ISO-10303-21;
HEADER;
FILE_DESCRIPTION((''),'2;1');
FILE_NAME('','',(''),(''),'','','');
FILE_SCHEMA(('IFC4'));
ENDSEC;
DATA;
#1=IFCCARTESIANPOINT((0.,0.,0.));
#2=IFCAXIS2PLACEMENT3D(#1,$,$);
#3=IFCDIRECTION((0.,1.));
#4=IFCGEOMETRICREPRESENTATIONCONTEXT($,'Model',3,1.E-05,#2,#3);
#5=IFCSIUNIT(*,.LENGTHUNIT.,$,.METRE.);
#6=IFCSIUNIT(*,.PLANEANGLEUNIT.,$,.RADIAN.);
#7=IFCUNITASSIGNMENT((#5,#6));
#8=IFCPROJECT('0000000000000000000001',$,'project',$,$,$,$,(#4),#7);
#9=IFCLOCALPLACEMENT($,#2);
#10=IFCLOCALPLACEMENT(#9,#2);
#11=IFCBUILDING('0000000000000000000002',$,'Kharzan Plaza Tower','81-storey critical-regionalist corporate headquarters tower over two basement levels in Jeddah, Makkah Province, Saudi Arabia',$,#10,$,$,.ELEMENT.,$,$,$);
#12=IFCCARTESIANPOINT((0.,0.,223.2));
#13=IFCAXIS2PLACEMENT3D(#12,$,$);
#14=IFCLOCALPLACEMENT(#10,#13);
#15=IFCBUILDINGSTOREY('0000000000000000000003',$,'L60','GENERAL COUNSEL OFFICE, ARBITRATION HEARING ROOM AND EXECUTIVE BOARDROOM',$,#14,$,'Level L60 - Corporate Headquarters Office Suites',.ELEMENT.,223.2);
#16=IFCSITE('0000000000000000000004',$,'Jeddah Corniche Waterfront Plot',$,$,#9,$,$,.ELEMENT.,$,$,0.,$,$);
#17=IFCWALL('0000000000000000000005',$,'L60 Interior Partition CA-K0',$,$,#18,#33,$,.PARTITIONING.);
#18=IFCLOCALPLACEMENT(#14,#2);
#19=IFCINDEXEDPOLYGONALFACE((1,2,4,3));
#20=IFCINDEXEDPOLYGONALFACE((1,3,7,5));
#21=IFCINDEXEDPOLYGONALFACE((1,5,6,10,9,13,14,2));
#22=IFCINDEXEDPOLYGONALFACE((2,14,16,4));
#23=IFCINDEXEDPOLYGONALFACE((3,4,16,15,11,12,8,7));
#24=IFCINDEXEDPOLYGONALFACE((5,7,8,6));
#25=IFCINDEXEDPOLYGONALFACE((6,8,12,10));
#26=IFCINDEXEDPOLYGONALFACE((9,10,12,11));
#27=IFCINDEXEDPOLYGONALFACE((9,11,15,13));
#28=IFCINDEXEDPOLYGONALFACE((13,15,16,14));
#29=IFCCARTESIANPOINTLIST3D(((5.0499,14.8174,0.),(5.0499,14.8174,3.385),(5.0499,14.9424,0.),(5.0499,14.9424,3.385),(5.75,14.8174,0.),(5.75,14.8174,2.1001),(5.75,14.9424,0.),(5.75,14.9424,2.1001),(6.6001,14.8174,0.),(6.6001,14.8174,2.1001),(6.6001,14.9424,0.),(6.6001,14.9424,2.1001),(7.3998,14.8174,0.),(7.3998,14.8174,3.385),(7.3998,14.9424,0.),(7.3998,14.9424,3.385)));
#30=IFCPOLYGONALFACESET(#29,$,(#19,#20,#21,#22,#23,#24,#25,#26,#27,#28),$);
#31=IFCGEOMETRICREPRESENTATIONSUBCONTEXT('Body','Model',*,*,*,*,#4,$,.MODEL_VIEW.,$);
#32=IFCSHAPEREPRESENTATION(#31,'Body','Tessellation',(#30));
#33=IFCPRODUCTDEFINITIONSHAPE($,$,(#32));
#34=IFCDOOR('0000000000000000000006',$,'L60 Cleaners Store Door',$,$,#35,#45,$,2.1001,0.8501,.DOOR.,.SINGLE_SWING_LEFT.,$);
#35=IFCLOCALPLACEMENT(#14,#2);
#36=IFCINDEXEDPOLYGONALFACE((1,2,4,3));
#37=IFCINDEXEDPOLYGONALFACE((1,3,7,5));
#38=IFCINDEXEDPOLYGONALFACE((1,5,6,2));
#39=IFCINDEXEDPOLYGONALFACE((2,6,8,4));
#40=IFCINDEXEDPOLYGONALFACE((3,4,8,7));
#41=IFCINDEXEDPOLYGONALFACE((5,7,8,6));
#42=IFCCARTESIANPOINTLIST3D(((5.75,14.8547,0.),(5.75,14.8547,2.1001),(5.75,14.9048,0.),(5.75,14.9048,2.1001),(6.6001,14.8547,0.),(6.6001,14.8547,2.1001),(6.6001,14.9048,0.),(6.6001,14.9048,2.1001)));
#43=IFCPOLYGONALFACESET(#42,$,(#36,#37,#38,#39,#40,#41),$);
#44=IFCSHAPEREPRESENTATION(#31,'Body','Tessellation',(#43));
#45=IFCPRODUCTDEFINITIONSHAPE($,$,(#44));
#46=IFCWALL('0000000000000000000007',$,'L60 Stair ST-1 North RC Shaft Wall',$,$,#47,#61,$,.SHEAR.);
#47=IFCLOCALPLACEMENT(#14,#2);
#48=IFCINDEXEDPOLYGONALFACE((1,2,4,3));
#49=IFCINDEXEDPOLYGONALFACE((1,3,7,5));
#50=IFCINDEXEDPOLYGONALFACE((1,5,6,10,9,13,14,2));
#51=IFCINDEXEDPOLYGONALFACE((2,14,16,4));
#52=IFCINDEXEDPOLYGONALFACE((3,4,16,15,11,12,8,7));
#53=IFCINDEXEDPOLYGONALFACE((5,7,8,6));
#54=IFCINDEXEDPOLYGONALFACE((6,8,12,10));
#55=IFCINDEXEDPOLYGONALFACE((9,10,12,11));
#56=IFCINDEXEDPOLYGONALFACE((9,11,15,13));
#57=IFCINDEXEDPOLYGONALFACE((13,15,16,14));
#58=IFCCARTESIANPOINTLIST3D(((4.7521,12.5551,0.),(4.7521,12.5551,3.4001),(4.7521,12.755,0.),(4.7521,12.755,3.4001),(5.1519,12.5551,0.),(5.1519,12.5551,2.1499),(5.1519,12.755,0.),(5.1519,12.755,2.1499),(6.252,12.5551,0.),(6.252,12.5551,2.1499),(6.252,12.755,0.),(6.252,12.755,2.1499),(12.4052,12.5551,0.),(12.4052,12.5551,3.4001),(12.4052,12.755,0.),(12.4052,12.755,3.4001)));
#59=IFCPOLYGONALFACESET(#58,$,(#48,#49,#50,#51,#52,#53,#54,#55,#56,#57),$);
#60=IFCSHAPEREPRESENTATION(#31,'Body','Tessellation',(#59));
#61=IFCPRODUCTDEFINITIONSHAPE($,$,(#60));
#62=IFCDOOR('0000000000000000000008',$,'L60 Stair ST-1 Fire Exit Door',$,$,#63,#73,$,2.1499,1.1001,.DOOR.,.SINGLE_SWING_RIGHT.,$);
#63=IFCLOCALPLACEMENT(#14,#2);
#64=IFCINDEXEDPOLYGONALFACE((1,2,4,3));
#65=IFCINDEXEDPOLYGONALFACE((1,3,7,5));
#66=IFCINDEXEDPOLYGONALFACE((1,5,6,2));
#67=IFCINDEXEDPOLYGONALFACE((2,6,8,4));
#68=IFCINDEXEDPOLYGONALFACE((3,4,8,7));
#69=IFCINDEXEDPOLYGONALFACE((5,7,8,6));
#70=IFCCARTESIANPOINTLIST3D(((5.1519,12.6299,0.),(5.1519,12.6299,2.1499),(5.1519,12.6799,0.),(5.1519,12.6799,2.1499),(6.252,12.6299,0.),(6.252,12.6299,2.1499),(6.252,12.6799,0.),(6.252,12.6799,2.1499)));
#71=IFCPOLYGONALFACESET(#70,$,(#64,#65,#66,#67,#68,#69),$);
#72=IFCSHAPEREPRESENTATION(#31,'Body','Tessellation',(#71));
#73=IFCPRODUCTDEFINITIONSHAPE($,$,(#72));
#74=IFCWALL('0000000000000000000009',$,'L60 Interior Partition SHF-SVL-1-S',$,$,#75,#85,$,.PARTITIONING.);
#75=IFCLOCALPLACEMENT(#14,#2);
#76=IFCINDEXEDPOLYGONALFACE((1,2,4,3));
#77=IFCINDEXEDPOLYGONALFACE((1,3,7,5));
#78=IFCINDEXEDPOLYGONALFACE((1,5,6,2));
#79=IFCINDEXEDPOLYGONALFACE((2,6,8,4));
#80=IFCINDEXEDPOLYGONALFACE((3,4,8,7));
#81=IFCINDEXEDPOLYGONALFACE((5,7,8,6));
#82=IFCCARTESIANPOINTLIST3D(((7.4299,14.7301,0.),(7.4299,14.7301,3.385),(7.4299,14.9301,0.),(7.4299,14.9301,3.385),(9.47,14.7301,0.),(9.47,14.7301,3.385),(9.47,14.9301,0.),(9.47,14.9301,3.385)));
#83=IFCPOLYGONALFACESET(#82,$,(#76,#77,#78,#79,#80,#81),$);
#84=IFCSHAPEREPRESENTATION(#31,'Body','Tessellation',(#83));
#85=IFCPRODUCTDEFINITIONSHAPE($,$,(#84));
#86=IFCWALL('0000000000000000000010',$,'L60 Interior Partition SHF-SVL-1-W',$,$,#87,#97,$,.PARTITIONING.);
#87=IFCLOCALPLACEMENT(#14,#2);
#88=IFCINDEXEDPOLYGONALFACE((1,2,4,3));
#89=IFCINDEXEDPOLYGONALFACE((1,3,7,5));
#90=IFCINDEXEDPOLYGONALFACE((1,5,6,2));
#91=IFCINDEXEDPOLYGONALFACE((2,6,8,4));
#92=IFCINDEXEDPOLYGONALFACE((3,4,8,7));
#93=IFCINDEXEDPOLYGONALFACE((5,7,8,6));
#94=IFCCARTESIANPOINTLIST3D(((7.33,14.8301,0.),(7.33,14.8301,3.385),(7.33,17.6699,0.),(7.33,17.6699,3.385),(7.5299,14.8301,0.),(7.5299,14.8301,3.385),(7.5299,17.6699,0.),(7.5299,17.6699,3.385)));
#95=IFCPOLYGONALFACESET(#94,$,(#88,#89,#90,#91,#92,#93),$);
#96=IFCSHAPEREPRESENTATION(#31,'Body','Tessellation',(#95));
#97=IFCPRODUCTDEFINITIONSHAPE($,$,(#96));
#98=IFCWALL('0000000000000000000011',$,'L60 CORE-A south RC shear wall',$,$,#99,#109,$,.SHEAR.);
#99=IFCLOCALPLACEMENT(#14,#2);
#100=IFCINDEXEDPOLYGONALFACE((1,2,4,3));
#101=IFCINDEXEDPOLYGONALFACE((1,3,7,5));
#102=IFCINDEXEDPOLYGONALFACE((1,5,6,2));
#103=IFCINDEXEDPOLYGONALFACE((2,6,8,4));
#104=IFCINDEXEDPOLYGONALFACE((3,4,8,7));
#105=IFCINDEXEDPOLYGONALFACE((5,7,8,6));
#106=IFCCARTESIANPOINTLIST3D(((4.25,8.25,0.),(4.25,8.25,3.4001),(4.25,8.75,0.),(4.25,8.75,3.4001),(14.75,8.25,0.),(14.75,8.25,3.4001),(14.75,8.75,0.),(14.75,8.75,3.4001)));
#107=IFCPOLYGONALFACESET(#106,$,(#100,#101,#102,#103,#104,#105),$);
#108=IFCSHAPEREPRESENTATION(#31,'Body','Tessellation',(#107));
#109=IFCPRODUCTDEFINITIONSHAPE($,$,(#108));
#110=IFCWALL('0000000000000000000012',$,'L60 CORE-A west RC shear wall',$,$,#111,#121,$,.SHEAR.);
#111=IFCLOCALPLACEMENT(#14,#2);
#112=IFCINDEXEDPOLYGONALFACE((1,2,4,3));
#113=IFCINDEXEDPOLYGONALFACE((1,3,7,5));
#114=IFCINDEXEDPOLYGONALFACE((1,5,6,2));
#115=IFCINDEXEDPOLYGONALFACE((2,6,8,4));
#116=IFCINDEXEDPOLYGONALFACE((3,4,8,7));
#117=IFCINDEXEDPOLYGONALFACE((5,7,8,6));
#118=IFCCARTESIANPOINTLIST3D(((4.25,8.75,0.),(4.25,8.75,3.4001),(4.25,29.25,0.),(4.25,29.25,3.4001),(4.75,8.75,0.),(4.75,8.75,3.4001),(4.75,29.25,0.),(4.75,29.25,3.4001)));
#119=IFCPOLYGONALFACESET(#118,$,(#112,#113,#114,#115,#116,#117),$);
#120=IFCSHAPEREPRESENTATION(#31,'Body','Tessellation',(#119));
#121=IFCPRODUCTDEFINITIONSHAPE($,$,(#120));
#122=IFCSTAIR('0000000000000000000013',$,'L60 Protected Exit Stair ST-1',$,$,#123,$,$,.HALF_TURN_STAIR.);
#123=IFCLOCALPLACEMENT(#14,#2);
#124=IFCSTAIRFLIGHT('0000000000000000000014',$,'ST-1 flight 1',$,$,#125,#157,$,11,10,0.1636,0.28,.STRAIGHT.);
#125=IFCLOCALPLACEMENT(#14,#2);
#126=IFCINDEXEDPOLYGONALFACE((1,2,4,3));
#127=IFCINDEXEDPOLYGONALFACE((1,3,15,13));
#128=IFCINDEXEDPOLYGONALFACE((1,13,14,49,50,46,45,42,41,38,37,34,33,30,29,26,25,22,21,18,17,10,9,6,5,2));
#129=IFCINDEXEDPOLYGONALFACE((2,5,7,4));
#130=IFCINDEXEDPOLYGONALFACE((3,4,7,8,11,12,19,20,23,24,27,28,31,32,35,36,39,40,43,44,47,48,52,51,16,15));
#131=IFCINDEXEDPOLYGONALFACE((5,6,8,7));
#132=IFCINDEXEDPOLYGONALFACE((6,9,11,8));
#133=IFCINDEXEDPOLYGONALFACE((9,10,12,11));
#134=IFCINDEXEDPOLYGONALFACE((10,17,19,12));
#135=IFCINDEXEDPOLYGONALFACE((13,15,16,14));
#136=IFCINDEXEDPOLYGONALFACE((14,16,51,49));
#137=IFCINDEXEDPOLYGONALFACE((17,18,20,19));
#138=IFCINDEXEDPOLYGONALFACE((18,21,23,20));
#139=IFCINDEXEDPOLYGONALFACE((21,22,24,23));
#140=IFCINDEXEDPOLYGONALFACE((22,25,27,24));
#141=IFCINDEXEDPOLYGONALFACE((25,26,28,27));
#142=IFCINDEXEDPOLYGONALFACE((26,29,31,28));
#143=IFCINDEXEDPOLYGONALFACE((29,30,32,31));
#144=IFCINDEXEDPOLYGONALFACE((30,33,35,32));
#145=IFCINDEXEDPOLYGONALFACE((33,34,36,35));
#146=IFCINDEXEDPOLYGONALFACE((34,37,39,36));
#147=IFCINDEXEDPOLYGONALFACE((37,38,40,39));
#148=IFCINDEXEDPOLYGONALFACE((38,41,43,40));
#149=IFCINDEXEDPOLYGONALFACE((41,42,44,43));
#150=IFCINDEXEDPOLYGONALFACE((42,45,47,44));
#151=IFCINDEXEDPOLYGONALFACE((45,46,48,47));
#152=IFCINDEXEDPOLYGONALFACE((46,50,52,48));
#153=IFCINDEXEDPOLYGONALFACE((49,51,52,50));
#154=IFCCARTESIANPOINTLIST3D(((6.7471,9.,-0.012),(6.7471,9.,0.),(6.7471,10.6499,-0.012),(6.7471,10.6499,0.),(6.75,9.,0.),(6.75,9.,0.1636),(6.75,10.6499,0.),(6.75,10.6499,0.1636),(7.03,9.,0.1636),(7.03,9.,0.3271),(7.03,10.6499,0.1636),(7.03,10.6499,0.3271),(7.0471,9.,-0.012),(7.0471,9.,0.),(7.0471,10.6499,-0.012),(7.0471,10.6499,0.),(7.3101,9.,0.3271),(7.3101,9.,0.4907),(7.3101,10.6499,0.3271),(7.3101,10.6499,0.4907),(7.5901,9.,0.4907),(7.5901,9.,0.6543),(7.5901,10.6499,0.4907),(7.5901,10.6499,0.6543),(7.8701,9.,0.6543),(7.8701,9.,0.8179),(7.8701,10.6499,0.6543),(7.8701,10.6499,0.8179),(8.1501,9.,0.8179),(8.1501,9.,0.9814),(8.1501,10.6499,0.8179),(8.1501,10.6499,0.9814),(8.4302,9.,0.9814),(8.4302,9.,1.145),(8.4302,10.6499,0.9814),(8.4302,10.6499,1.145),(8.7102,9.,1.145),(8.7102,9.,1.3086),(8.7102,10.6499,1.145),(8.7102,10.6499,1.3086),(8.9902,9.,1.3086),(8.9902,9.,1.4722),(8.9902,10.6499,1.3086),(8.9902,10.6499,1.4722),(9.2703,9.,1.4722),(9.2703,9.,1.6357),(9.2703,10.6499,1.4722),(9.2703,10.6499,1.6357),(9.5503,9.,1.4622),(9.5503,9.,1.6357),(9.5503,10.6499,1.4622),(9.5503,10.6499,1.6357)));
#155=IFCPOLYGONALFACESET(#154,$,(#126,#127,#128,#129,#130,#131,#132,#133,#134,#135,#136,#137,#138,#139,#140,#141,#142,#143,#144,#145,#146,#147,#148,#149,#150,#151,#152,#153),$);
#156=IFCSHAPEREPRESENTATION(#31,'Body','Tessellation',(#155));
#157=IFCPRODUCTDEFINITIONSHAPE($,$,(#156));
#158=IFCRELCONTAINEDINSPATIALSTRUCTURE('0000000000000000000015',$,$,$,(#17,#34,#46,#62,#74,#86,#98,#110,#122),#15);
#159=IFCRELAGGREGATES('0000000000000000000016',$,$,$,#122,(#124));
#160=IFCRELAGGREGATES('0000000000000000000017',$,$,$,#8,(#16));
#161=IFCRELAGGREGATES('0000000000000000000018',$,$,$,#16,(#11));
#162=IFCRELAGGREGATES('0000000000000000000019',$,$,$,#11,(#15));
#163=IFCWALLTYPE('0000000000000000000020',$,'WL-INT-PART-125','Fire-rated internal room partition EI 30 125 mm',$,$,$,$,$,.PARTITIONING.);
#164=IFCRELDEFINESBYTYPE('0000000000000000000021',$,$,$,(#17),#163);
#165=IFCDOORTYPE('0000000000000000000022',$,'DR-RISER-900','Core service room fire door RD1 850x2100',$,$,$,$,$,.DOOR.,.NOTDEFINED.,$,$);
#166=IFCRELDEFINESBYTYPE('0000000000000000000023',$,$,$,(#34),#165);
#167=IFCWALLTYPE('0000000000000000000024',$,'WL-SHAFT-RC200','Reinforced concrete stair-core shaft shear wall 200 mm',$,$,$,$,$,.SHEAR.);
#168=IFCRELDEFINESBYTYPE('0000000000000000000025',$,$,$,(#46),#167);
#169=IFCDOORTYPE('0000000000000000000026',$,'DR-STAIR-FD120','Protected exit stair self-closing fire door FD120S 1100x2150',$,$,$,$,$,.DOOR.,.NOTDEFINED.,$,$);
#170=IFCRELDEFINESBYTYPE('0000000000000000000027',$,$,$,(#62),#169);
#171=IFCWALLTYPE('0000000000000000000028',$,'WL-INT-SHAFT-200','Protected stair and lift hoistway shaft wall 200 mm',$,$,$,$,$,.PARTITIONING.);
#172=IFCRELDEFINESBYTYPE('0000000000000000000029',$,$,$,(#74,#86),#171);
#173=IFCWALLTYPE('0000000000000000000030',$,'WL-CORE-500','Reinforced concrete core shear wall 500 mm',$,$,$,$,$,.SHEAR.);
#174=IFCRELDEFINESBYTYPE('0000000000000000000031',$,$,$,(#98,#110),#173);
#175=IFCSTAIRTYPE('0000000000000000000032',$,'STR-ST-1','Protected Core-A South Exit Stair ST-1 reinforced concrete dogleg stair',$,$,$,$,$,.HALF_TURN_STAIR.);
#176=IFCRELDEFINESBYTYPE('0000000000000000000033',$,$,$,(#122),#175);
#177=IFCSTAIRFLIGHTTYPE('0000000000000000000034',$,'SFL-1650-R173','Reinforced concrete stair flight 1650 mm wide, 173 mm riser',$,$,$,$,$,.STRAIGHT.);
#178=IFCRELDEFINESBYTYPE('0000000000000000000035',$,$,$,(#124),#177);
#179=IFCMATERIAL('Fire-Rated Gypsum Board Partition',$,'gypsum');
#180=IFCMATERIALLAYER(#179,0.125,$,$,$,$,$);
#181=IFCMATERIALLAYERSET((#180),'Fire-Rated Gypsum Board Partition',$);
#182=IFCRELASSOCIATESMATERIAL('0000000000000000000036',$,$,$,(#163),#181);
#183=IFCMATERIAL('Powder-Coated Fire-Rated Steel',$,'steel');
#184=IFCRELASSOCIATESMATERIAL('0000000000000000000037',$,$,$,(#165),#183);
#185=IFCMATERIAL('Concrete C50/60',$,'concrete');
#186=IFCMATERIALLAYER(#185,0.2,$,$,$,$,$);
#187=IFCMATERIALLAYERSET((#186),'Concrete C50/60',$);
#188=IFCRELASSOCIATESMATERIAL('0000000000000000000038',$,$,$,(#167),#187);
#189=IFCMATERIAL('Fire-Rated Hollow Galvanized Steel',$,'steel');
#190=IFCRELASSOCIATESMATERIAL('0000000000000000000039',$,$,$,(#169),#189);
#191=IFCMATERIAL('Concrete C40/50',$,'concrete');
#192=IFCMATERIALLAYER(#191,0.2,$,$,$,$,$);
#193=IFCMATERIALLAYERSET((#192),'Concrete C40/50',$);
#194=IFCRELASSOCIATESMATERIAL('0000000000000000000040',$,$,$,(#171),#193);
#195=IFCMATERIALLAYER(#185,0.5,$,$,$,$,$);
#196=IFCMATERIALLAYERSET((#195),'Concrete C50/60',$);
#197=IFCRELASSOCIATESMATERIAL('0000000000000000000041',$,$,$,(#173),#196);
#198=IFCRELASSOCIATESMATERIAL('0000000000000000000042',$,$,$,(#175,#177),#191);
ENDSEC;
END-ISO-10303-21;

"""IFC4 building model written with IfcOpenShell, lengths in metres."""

from ifc_helpers import new_model, si_unit, direction, frame, frame_2d, origin, place, context, subcontext, project, spatial, polyline, rectangle, outline, extrude, source, transform, mapped, material, layer, layer_set, type_object, element, fill, aggregate, save


model = new_model("IFC4")

# Units and contexts
model_context = context("Model", 3, precision=1e-05, world=origin(), true_north=direction((0.0, 1.0)))
body_context = subcontext(model_context, "Body", "Model", "MODEL_VIEW")
ifc_project = project(units=[si_unit("LENGTHUNIT", "METRE"), si_unit("PLANEANGLEUNIT", "RADIAN")], contexts=[model_context])

# Site, building, storey
site_placement = place(None, origin())
site = spatial("IfcSite", under=ifc_project, at=site_placement, Name="Jeddah Corniche Waterfront Plot", CompositionType="ELEMENT", RefElevation=0.0)
building_placement = place(site_placement, origin())
building = spatial("IfcBuilding", under=site, at=building_placement, Name="Kharzan Plaza Tower", Description="81-storey critical-regionalist corporate headquarters tower over two basement levels in Jeddah, Makkah Province, Saudi Arabia", CompositionType="ELEMENT")
storey_placement = place(building_placement, frame((0.0, 0.0, 223.2)))
storey = spatial("IfcBuildingStorey", under=building, at=storey_placement, Name="L60", Description="GENERAL COUNSEL OFFICE, ARBITRATION HEARING ROOM AND EXECUTIVE BOARDROOM", LongName="Level L60 - Corporate Headquarters Office Suites", CompositionType="ELEMENT", Elevation=223.2)

# Shared definitions
ifc_material_1 = material(Name="Concrete C50/60", Category="concrete")

# Shared definitions
ifc_material_2 = material(Name="Concrete C40/50", Category="concrete")

# Walls, openings, doors
ifc_material_3 = material(Name="Fire-Rated Gypsum Board Partition", Category="gypsum")
ifc_layer_1 = layer(ifc_material_3, 0.125)
ifc_layer_set_1 = layer_set([ifc_layer_1], Name="Fire-Rated Gypsum Board Partition")
wall_type_1 = type_object("IfcWallType", Name="WL-INT-PART-125", Description="Fire-rated internal room partition EI 30 125 mm", PredefinedType="PARTITIONING", material=ifc_layer_set_1)
wall_1_placement = place(storey_placement, frame((5.05, 14.8799, 0.0), z_axis=(0.0, 0.0, 1.0), x_axis=(1.0, 0.0, 0.0)))
wall_1 = element("IfcWall", 1, at=wall_1_placement, inside=storey, type_object=wall_type_1, Name="L60 Interior Partition CA-K0", PredefinedType="PARTITIONING", context=body_context, shape_type="SweptSolid", body=[
    extrude(rectangle(XDim=2.3499, YDim=0.125, at=frame_2d((1.1748, 0.0))), origin(), (0.0, 0.0, 1.0), 3.385),
])
opening_1_placement = place(wall_1_placement, frame((0.7, 0.0, 0.0)))
opening_1 = element("IfcOpeningElement", 2, at=opening_1_placement, cuts=wall_1, PredefinedType="OPENING", context=body_context, shape_type="SweptSolid", body=[
    extrude(rectangle(XDim=0.8501, YDim=2.1001, at=frame_2d((0.425, 1.05))), frame((0.0, 0.0725, 0.0), z_axis=(0.0, -1.0, 0.0), x_axis=(1.0, 0.0, 0.0)), (0.0, 0.0, 1.0), 0.145),
])
ifc_material_4 = material(Name="Powder-Coated Fire-Rated Steel", Category="steel")
door_type_1 = type_object("IfcDoorType", Name="DR-RISER-900", Description="Core service room fire door RD1 850x2100", OperationType="NOTDEFINED", PredefinedType="DOOR", material=ifc_material_4)
shared_shape_1 = source(origin(), body_context, "Body", "SweptSolid", [
    extrude(rectangle(XDim=0.8501, YDim=2.1001, at=frame_2d((0.425, 1.05))), frame((0.0, 0.0249, 0.0), z_axis=(0.0, -1.0, 0.0), x_axis=(1.0, 0.0, 0.0)), (0.0, 0.0, 1.0), 0.05),
])
door_1_placement = place(opening_1_placement, origin())
door_1 = element("IfcDoor", 3, at=door_1_placement, inside=storey, type_object=door_type_1, Name="L60 Cleaners Store Door", OperationType="SINGLE_SWING_LEFT", OverallHeight=2.1001, OverallWidth=0.8501, PredefinedType="DOOR", context=body_context, shape_type="MappedRepresentation", body=[
    mapped(shared_shape_1, transform((0.0, 0.0, 0.0), x_axis=(1.0, 0.0, 0.0), y_axis=(0.0, 1.0, 0.0), z_axis=(0.0, 0.0, 1.0))),
])
fill(opening_1, door_1)
ifc_layer_2 = layer(ifc_material_1, 0.2)
ifc_layer_set_2 = layer_set([ifc_layer_2], Name="Concrete C50/60")
wall_type_2 = type_object("IfcWallType", Name="WL-SHAFT-RC200", Description="Reinforced concrete stair-core shaft shear wall 200 mm", PredefinedType="SHEAR", material=ifc_layer_set_2)
wall_2_placement = place(storey_placement, frame((4.752, 12.655, 0.0), z_axis=(0.0, 0.0, 1.0), x_axis=(1.0, 0.0, 0.0)))
wall_2 = element("IfcWall", 4, at=wall_2_placement, inside=storey, type_object=wall_type_2, Name="L60 Stair ST-1 North RC Shaft Wall", PredefinedType="SHEAR", context=body_context, shape_type="SweptSolid", body=[
    extrude(rectangle(XDim=7.6531, YDim=0.2, at=frame_2d((3.8267, 0.0))), origin(), (0.0, 0.0, 1.0), 3.4001),
])
opening_2_placement = place(wall_2_placement, frame((0.3999, 0.0, 0.0)))
opening_2 = element("IfcOpeningElement", 5, at=opening_2_placement, cuts=wall_2, PredefinedType="OPENING", context=body_context, shape_type="SweptSolid", body=[
    extrude(rectangle(XDim=1.1001, YDim=2.1499, at=frame_2d((0.55, 1.075))), frame((0.0, 0.1099, 0.0), z_axis=(0.0, -1.0, 0.0), x_axis=(1.0, 0.0, 0.0)), (0.0, 0.0, 1.0), 0.22),
])
ifc_material_5 = material(Name="Fire-Rated Hollow Galvanized Steel", Category="steel")
door_type_2 = type_object("IfcDoorType", Name="DR-STAIR-FD120", Description="Protected exit stair self-closing fire door FD120S 1100x2150", OperationType="NOTDEFINED", PredefinedType="DOOR", material=ifc_material_5)
shared_shape_2 = source(origin(), body_context, "Body", "SweptSolid", [
    extrude(rectangle(XDim=1.1001, YDim=2.1499, at=frame_2d((0.55, 1.075))), frame((0.0, 0.0249, 0.0), z_axis=(0.0, -1.0, 0.0), x_axis=(1.0, 0.0, 0.0)), (0.0, 0.0, 1.0), 0.05),
])
door_2_placement = place(opening_2_placement, origin())
door_2 = element("IfcDoor", 6, at=door_2_placement, inside=storey, type_object=door_type_2, Name="L60 Stair ST-1 Fire Exit Door", OperationType="SINGLE_SWING_RIGHT", OverallHeight=2.1499, OverallWidth=1.1001, PredefinedType="DOOR", context=body_context, shape_type="MappedRepresentation", body=[
    mapped(shared_shape_2, transform((0.0, 0.0, 0.0), x_axis=(1.0, 0.0, 0.0), y_axis=(0.0, 1.0, 0.0), z_axis=(0.0, 0.0, 1.0))),
])
fill(opening_2, door_2)

# Walls
ifc_layer_3 = layer(ifc_material_2, 0.2)
ifc_layer_set_3 = layer_set([ifc_layer_3], Name="Concrete C40/50")
wall_type_3 = type_object("IfcWallType", Name="WL-INT-SHAFT-200", Description="Protected stair and lift hoistway shaft wall 200 mm", PredefinedType="PARTITIONING", material=ifc_layer_set_3)
shared_shape_3 = source(origin(), body_context, "Body", "SweptSolid", [
    extrude(rectangle(XDim=2.04, YDim=0.2, at=frame_2d((1.02, 0.0))), origin(), (0.0, 0.0, 1.0), 3.385),
])
wall_3_placement = place(storey_placement, frame((7.4299, 14.8301, 0.0), z_axis=(0.0, 0.0, 1.0), x_axis=(1.0, 0.0, 0.0)))
element("IfcWall", 7, at=wall_3_placement, inside=storey, type_object=wall_type_3, Name="L60 Interior Partition SHF-SVL-1-S", PredefinedType="PARTITIONING", context=body_context, shape_type="MappedRepresentation", body=[
    mapped(shared_shape_3, transform((0.0, 0.0, 0.0), x_axis=(1.0, 0.0, 0.0), y_axis=(0.0, 1.0, 0.0), z_axis=(0.0, 0.0, 1.0))),
])
shared_shape_4 = source(origin(), body_context, "Body", "SweptSolid", [
    extrude(rectangle(XDim=2.8398, YDim=0.2, at=frame_2d((1.4199, 0.0))), origin(), (0.0, 0.0, 1.0), 3.385),
])
wall_4_placement = place(storey_placement, frame((7.4299, 14.8301, 0.0), z_axis=(0.0, 0.0, 1.0), x_axis=(0.0, 1.0, 0.0)))
element("IfcWall", 8, at=wall_4_placement, inside=storey, type_object=wall_type_3, Name="L60 Interior Partition SHF-SVL-1-W", PredefinedType="PARTITIONING", context=body_context, shape_type="MappedRepresentation", body=[
    mapped(shared_shape_4, transform((0.0, 0.0, 0.0), x_axis=(1.0, 0.0, 0.0), y_axis=(0.0, 1.0, 0.0), z_axis=(0.0, 0.0, 1.0))),
])
ifc_layer_4 = layer(ifc_material_1, 0.5)
ifc_layer_set_4 = layer_set([ifc_layer_4], Name="Concrete C50/60")
wall_type_4 = type_object("IfcWallType", Name="WL-CORE-500", Description="Reinforced concrete core shear wall 500 mm", PredefinedType="SHEAR", material=ifc_layer_set_4)
shared_shape_5 = source(origin(), body_context, "Body", "SweptSolid", [
    extrude(rectangle(XDim=10.5, YDim=0.5, at=frame_2d((5.25, 0.0))), origin(), (0.0, 0.0, 1.0), 3.4001),
])
wall_5_placement = place(storey_placement, frame((4.25, 8.5, 0.0), z_axis=(0.0, 0.0, 1.0), x_axis=(1.0, 0.0, 0.0)))
element("IfcWall", 9, at=wall_5_placement, inside=storey, type_object=wall_type_4, Name="L60 CORE-A south RC shear wall", PredefinedType="SHEAR", context=body_context, shape_type="MappedRepresentation", body=[
    mapped(shared_shape_5, transform((0.0, 0.0, 0.0), x_axis=(1.0, 0.0, 0.0), y_axis=(0.0, 1.0, 0.0), z_axis=(0.0, 0.0, 1.0))),
])
shared_shape_6 = source(origin(), body_context, "Body", "SweptSolid", [
    extrude(rectangle(XDim=20.5, YDim=0.5, at=frame_2d((10.25, 0.0))), origin(), (0.0, 0.0, 1.0), 3.4001),
])
wall_6_placement = place(storey_placement, frame((4.5, 8.75, 0.0), z_axis=(0.0, 0.0, 1.0), x_axis=(0.0, 1.0, 0.0)))
element("IfcWall", 10, at=wall_6_placement, inside=storey, type_object=wall_type_4, Name="L60 CORE-A west RC shear wall", PredefinedType="SHEAR", context=body_context, shape_type="MappedRepresentation", body=[
    mapped(shared_shape_6, transform((0.0, 0.0, 0.0), x_axis=(1.0, 0.0, 0.0), y_axis=(0.0, 1.0, 0.0), z_axis=(0.0, 0.0, 1.0))),
])

# Stair, stair flight
stair_type = type_object("IfcStairType", Name="STR-ST-1", Description="Protected Core-A South Exit Stair ST-1 reinforced concrete dogleg stair", PredefinedType="HALF_TURN_STAIR", material=ifc_material_2)
stair_placement = place(storey_placement, origin())
stair = element("IfcStair", 11, at=stair_placement, inside=storey, type_object=stair_type, Name="L60 Protected Exit Stair ST-1", PredefinedType="HALF_TURN_STAIR")
stair_flight_type = type_object("IfcStairFlightType", Name="SFL-1650-R173", Description="Reinforced concrete stair flight 1650 mm wide, 173 mm riser", PredefinedType="STRAIGHT", material=ifc_material_2)
shared_shape_7 = source(origin(), body_context, "Body", "SweptSolid", [
    extrude(outline(polyline([(-0.0029, -0.012), (-0.0029, 0.0), (0.0, 0.0), (0.0, 0.1636), (0.28, 0.1636), (0.28, 0.3271), (0.5601, 0.3271), (0.5601, 0.4907), (0.8401, 0.4907), (0.8401, 0.6543), (1.1201, 0.6543), (1.1201, 0.8179), (1.4001, 0.8179), (1.4001, 0.9814), (1.6802, 0.9814), (1.6802, 1.145), (1.9602, 1.145), (1.9602, 1.3086), (2.2402, 1.3086), (2.2402, 1.4722), (2.5203, 1.4722), (2.5203, 1.6357), (2.8003, 1.6357), (2.8003, 1.7993), (2.8003, 1.4622), (0.2971, 0.0), (0.2971, -0.012), (-0.0029, -0.012)])), frame((0.0, 0.825, 0.0), z_axis=(0.0, -1.0, 0.0), x_axis=(1.0, 0.0, 0.0)), (0.0, 0.0, 1.0), 1.6499),
])
stair_flight_placement = place(storey_placement, frame((6.75, 9.825, 0.0), z_axis=(0.0, 0.0, 1.0), x_axis=(1.0, 0.0, 0.0)))
stair_flight = element("IfcStairFlight", 12, at=stair_flight_placement, type_object=stair_flight_type, Name="ST-1 flight 1", NumberOfRisers=11, NumberOfTreads=10, PredefinedType="STRAIGHT", RiserHeight=0.1636, TreadLength=0.28, context=body_context, shape_type="MappedRepresentation", body=[
    mapped(shared_shape_7, transform((0.0, 0.0, 0.0), x_axis=(1.0, 0.0, 0.0), y_axis=(0.0, 1.0, 0.0), z_axis=(0.0, 0.0, 1.0))),
])
aggregate(stair, [stair_flight])

save(model, "model.ifc")
